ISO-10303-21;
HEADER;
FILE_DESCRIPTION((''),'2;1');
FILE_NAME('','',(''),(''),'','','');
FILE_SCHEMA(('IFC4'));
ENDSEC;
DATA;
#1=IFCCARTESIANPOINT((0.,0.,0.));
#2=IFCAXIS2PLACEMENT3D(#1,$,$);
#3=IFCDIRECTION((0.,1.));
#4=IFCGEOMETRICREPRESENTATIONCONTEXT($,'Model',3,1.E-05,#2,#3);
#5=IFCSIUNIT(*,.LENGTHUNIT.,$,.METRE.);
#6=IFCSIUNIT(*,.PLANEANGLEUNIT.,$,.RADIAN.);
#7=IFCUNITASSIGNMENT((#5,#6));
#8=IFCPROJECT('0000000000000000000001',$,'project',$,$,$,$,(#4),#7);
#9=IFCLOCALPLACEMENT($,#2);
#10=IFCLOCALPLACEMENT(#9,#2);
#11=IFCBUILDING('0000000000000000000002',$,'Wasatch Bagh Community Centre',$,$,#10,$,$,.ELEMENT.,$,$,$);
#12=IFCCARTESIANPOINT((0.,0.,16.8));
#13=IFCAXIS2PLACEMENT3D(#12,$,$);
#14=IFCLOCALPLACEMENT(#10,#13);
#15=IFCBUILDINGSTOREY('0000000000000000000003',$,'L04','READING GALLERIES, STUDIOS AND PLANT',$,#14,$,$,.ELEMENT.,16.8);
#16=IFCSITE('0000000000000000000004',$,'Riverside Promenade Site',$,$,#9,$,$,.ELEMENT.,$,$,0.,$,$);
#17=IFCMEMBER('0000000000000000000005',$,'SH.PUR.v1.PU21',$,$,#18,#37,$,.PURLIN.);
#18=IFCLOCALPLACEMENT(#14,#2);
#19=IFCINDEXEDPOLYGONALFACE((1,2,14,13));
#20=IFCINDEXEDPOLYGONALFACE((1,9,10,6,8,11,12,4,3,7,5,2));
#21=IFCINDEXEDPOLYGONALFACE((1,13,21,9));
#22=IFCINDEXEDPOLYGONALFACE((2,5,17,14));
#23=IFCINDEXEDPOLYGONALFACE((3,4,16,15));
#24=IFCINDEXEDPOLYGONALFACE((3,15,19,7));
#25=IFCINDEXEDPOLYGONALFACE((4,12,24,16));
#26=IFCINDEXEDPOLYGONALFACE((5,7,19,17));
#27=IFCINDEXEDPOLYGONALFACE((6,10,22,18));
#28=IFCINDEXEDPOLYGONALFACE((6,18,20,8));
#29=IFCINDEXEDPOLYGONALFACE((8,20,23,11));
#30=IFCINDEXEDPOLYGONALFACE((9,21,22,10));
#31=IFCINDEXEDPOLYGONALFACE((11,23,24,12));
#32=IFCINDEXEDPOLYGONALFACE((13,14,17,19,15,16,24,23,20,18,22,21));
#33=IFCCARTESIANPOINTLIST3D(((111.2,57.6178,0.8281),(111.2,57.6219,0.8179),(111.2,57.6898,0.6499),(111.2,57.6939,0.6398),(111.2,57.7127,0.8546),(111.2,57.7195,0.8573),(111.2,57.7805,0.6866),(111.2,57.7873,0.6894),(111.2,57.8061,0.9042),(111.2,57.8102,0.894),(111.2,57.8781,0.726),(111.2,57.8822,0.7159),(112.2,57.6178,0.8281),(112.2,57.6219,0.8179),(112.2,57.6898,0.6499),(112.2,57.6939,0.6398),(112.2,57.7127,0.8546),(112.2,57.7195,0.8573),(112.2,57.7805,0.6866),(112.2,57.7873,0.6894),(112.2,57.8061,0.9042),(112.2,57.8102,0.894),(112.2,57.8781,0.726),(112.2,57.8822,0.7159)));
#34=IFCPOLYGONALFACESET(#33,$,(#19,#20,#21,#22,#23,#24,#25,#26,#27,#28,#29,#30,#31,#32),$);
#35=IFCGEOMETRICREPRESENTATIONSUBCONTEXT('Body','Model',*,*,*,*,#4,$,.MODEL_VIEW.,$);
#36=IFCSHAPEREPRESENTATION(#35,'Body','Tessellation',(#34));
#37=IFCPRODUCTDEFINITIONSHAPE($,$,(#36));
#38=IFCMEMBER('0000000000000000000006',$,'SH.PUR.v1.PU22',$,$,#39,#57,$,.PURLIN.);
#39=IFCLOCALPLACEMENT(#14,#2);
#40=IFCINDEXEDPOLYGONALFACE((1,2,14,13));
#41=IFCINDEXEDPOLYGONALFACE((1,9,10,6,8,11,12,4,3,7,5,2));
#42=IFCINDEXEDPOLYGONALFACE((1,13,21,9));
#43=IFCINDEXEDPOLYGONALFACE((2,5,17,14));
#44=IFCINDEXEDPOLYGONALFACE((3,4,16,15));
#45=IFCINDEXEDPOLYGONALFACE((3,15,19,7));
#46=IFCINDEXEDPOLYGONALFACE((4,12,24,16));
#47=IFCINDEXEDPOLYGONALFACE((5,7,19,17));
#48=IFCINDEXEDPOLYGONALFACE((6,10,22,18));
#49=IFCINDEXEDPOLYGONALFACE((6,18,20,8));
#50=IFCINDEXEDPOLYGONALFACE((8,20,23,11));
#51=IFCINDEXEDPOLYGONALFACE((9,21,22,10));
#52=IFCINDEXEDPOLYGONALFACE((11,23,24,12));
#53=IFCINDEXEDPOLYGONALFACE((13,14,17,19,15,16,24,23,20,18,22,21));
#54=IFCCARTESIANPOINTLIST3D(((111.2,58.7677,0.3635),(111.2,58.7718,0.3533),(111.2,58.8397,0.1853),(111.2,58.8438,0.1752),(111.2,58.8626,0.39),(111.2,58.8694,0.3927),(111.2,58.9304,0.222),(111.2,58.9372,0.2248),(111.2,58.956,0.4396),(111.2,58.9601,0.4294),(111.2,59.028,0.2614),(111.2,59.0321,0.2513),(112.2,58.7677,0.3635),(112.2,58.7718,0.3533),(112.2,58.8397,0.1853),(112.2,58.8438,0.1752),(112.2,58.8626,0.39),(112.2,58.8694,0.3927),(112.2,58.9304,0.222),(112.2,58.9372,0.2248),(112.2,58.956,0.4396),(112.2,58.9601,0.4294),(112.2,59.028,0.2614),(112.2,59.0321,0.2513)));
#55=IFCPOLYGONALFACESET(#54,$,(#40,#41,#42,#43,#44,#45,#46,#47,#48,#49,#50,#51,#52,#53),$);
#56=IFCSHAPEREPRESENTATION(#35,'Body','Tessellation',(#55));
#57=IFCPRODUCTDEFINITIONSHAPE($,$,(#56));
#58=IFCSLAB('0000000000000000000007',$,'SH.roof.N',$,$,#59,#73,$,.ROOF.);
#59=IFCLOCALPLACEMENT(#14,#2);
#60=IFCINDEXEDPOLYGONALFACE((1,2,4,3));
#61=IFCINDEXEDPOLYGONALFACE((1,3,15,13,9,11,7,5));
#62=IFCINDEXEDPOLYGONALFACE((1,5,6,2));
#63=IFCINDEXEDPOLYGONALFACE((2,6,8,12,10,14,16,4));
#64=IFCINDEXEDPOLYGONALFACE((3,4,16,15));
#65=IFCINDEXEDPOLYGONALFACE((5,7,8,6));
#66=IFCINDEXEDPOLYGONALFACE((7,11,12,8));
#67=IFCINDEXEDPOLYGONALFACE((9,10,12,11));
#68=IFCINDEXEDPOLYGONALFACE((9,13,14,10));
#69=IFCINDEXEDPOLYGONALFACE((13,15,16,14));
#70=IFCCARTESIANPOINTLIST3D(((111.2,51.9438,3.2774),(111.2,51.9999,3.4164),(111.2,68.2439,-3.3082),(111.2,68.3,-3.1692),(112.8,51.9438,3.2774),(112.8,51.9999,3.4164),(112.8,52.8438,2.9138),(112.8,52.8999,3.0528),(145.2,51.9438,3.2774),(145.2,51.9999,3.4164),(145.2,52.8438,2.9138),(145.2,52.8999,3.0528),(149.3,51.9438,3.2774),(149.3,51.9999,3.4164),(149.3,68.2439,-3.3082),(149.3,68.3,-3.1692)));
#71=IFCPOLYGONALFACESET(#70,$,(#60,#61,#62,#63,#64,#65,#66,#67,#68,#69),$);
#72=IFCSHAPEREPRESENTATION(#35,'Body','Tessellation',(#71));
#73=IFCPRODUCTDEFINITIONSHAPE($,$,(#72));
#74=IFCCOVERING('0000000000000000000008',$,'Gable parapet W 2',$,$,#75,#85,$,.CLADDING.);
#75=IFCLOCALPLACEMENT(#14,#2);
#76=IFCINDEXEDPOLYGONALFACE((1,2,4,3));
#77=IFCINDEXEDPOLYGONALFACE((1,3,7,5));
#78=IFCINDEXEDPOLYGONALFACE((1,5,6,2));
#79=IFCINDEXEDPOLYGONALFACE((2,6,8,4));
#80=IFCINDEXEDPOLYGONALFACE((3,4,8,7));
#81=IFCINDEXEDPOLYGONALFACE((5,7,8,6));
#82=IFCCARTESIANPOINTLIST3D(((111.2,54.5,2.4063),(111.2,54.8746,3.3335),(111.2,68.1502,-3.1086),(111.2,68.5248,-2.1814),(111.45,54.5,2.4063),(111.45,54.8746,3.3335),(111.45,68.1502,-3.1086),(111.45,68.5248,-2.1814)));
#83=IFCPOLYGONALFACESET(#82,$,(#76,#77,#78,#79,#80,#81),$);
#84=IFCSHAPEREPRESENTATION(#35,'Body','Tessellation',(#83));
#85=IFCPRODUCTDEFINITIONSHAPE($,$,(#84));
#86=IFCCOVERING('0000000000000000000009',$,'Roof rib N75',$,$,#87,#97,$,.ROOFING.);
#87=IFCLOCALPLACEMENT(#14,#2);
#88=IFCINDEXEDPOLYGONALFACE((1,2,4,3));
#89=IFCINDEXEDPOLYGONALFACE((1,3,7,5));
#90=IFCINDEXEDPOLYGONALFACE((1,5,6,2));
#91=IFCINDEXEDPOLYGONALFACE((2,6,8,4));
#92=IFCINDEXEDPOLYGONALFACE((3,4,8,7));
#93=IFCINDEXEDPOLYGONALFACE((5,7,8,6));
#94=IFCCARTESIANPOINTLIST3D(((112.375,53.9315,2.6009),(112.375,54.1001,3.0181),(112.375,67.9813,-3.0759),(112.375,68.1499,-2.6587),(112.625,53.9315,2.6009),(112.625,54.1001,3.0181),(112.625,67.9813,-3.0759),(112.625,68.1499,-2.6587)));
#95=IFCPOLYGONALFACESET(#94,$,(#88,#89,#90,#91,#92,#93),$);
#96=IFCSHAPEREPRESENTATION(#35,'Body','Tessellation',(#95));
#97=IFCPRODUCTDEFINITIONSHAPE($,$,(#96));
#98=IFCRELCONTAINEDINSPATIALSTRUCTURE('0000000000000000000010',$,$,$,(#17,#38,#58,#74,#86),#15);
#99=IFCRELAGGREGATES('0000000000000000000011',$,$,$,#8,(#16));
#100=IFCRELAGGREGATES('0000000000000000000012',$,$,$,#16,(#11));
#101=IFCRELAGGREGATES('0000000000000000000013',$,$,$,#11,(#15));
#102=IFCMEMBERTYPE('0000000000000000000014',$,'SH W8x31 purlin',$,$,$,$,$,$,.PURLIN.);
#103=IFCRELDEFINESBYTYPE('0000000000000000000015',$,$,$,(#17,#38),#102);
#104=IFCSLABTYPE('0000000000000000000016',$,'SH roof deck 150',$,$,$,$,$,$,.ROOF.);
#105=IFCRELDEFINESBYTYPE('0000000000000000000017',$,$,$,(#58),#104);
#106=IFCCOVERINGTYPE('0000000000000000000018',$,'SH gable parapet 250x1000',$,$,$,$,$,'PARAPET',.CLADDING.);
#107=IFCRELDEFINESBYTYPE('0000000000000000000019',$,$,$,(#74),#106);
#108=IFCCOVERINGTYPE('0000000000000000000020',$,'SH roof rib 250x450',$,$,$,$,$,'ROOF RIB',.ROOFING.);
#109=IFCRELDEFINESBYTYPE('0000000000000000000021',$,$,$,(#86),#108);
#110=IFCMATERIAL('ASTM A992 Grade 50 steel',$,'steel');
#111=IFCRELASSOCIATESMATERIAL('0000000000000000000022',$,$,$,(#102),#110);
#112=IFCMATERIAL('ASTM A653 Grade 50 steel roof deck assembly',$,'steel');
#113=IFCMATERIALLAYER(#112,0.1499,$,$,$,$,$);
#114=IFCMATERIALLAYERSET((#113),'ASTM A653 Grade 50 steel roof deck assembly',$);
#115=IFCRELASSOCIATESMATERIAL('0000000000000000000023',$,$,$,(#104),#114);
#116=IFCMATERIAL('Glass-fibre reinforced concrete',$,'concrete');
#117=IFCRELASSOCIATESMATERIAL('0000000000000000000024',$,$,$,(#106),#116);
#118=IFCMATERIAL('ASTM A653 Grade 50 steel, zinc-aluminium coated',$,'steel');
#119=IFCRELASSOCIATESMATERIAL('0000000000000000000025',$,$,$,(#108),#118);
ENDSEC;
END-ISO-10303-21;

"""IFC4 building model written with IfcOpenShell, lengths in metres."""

from ifc_helpers import new_model, si_unit, direction, frame, origin, origin_2d, place, context, subcontext, project, spatial, polyline, rectangle, i_section, outline, extrude, material, layer, layer_set, material_profile, profile_set, type_object, element, save


model = new_model("IFC4")

# Units and contexts
model_context = context("Model", 3, precision=1e-05, world=origin(), true_north=direction((0.0, 1.0)))
body_context = subcontext(model_context, "Body", "Model", "MODEL_VIEW")
ifc_project = project(units=[si_unit("LENGTHUNIT", "METRE"), si_unit("PLANEANGLEUNIT", "RADIAN")], contexts=[model_context])

# Site, building, storey
site_placement = place(None, origin())
site = spatial("IfcSite", under=ifc_project, at=site_placement, Name="Riverside Promenade Site", CompositionType="ELEMENT", RefElevation=0.0)
building_placement = place(site_placement, origin())
building = spatial("IfcBuilding", under=site, at=building_placement, Name="Wasatch Bagh Community Centre", CompositionType="ELEMENT")
storey_placement = place(building_placement, frame((0.0, 0.0, 16.8)))
storey = spatial("IfcBuildingStorey", under=building, at=storey_placement, Name="L04", Description="READING GALLERIES, STUDIOS AND PLANT", CompositionType="ELEMENT", Elevation=16.8)

# Members
ifc_material_1 = material(Name="ASTM A992 Grade 50 steel", Category="steel")
ifc_material_profile_1 = material_profile(ifc_material_1, i_section(OverallWidth=0.2031, OverallDepth=0.2031, WebThickness=0.0073, FlangeThickness=0.011, at=origin_2d()), Name="W8x31")
ifc_profile_set_1 = profile_set([ifc_material_profile_1], Name="ASTM A992 Grade 50 steel")
member_type_1 = type_object("IfcMemberType", Name="SH W8x31 purlin", PredefinedType="PURLIN", material=ifc_profile_set_1)
for number, where, z_axis, x_axis, name in (
    (1, (111.2, 57.75, 0.772), (1.0, 0.0, 0.0), (0.0, 0.927184, 0.374607), "SH.PUR.v1.PU21"),
    (2, (111.2, 58.8999, 0.3074), (1.0, 0.0, 0.0), (0.0, 0.927184, 0.374607), "SH.PUR.v1.PU22"),
):
    element("IfcMember", number, at=place(storey_placement, frame(where, z_axis=z_axis, x_axis=x_axis)), inside=storey, type_object=member_type_1, Name=name, PredefinedType="PURLIN", context=body_context, shape_type="SweptSolid", body=[
        extrude(i_section(OverallWidth=0.2031, OverallDepth=0.2031, WebThickness=0.0073, FlangeThickness=0.011, at=origin_2d()), origin(), (0.0, 0.0, 1.0), 1.0),
    ])

# Slab
ifc_material_2 = material(Name="ASTM A653 Grade 50 steel roof deck assembly", Category="steel")
ifc_layer = layer(ifc_material_2, 0.1499)
ifc_layer_set = layer_set([ifc_layer], Name="ASTM A653 Grade 50 steel roof deck assembly")
slab_type = type_object("IfcSlabType", Name="SH roof deck 150", PredefinedType="ROOF", material=ifc_layer_set)
slab_placement = place(storey_placement, frame((111.2, 68.3, -3.1692), z_axis=(0.0, 0.374601, 0.927186), x_axis=(1.0, 0.0, 0.0)))
element("IfcSlab", 3, at=slab_placement, inside=storey, type_object=slab_type, Name="SH.roof.N", PredefinedType="ROOF", context=body_context, shape_type="SweptSolid", body=[
    extrude(outline(polyline([(0.0, 0.0), (38.1001, 0.0), (38.1001, -17.5802), (34.0, -17.5802), (34.0, -16.6095), (1.6001, -16.6095), (1.6001, -17.5802), (0.0, -17.5802), (0.0, 0.0)])), origin(), (0.0, 0.0, -1.0), 0.1499),
])

# Coverings
ifc_material_3 = material(Name="Glass-fibre reinforced concrete", Category="concrete")
ifc_material_profile_2 = material_profile(ifc_material_3, rectangle(XDim=0.25, YDim=1.0, at=origin_2d()), Name="PARAPET 250x1000")
ifc_profile_set_2 = profile_set([ifc_material_profile_2], Name="Glass-fibre reinforced concrete")
covering_type_1 = type_object("IfcCoveringType", Name="SH gable parapet 250x1000", ElementType="PARAPET", PredefinedType="CLADDING", material=ifc_profile_set_2)
covering_1_placement = place(storey_placement, frame((111.325, 54.6873, 2.8699), z_axis=(0.0, 0.927187, -0.374599), x_axis=(-1.0, 0.0, 0.0)))
element("IfcCovering", 4, at=covering_1_placement, inside=storey, type_object=covering_type_1, Name="Gable parapet W 2", PredefinedType="CLADDING", context=body_context, shape_type="SweptSolid", body=[
    extrude(rectangle(XDim=0.25, YDim=1.0, at=origin_2d()), origin(), (0.0, 0.0, 1.0), 14.7222),
])
ifc_material_4 = material(Name="ASTM A653 Grade 50 steel, zinc-aluminium coated", Category="steel")
covering_type_2 = type_object("IfcCoveringType", Name="SH roof rib 250x450", ElementType="ROOF RIB", PredefinedType="ROOFING", material=ifc_material_4)
covering_2_placement = place(storey_placement, frame((112.375, 54.1001, 3.0181), z_axis=(0.0, 0.374622, 0.927178), x_axis=(0.0, 0.927178, -0.374622)))
element("IfcCovering", 5, at=covering_2_placement, inside=storey, type_object=covering_type_2, Name="Roof rib N75", PredefinedType="ROOFING", context=body_context, shape_type="SweptSolid", body=[
    extrude(outline(polyline([(0.0, 0.0), (15.1533, 0.0), (15.1533, -0.25), (0.0, -0.25), (0.0, 0.0)])), origin(), (0.0, 0.0, -1.0), 0.45),
])

save(model, "model.ifc")
